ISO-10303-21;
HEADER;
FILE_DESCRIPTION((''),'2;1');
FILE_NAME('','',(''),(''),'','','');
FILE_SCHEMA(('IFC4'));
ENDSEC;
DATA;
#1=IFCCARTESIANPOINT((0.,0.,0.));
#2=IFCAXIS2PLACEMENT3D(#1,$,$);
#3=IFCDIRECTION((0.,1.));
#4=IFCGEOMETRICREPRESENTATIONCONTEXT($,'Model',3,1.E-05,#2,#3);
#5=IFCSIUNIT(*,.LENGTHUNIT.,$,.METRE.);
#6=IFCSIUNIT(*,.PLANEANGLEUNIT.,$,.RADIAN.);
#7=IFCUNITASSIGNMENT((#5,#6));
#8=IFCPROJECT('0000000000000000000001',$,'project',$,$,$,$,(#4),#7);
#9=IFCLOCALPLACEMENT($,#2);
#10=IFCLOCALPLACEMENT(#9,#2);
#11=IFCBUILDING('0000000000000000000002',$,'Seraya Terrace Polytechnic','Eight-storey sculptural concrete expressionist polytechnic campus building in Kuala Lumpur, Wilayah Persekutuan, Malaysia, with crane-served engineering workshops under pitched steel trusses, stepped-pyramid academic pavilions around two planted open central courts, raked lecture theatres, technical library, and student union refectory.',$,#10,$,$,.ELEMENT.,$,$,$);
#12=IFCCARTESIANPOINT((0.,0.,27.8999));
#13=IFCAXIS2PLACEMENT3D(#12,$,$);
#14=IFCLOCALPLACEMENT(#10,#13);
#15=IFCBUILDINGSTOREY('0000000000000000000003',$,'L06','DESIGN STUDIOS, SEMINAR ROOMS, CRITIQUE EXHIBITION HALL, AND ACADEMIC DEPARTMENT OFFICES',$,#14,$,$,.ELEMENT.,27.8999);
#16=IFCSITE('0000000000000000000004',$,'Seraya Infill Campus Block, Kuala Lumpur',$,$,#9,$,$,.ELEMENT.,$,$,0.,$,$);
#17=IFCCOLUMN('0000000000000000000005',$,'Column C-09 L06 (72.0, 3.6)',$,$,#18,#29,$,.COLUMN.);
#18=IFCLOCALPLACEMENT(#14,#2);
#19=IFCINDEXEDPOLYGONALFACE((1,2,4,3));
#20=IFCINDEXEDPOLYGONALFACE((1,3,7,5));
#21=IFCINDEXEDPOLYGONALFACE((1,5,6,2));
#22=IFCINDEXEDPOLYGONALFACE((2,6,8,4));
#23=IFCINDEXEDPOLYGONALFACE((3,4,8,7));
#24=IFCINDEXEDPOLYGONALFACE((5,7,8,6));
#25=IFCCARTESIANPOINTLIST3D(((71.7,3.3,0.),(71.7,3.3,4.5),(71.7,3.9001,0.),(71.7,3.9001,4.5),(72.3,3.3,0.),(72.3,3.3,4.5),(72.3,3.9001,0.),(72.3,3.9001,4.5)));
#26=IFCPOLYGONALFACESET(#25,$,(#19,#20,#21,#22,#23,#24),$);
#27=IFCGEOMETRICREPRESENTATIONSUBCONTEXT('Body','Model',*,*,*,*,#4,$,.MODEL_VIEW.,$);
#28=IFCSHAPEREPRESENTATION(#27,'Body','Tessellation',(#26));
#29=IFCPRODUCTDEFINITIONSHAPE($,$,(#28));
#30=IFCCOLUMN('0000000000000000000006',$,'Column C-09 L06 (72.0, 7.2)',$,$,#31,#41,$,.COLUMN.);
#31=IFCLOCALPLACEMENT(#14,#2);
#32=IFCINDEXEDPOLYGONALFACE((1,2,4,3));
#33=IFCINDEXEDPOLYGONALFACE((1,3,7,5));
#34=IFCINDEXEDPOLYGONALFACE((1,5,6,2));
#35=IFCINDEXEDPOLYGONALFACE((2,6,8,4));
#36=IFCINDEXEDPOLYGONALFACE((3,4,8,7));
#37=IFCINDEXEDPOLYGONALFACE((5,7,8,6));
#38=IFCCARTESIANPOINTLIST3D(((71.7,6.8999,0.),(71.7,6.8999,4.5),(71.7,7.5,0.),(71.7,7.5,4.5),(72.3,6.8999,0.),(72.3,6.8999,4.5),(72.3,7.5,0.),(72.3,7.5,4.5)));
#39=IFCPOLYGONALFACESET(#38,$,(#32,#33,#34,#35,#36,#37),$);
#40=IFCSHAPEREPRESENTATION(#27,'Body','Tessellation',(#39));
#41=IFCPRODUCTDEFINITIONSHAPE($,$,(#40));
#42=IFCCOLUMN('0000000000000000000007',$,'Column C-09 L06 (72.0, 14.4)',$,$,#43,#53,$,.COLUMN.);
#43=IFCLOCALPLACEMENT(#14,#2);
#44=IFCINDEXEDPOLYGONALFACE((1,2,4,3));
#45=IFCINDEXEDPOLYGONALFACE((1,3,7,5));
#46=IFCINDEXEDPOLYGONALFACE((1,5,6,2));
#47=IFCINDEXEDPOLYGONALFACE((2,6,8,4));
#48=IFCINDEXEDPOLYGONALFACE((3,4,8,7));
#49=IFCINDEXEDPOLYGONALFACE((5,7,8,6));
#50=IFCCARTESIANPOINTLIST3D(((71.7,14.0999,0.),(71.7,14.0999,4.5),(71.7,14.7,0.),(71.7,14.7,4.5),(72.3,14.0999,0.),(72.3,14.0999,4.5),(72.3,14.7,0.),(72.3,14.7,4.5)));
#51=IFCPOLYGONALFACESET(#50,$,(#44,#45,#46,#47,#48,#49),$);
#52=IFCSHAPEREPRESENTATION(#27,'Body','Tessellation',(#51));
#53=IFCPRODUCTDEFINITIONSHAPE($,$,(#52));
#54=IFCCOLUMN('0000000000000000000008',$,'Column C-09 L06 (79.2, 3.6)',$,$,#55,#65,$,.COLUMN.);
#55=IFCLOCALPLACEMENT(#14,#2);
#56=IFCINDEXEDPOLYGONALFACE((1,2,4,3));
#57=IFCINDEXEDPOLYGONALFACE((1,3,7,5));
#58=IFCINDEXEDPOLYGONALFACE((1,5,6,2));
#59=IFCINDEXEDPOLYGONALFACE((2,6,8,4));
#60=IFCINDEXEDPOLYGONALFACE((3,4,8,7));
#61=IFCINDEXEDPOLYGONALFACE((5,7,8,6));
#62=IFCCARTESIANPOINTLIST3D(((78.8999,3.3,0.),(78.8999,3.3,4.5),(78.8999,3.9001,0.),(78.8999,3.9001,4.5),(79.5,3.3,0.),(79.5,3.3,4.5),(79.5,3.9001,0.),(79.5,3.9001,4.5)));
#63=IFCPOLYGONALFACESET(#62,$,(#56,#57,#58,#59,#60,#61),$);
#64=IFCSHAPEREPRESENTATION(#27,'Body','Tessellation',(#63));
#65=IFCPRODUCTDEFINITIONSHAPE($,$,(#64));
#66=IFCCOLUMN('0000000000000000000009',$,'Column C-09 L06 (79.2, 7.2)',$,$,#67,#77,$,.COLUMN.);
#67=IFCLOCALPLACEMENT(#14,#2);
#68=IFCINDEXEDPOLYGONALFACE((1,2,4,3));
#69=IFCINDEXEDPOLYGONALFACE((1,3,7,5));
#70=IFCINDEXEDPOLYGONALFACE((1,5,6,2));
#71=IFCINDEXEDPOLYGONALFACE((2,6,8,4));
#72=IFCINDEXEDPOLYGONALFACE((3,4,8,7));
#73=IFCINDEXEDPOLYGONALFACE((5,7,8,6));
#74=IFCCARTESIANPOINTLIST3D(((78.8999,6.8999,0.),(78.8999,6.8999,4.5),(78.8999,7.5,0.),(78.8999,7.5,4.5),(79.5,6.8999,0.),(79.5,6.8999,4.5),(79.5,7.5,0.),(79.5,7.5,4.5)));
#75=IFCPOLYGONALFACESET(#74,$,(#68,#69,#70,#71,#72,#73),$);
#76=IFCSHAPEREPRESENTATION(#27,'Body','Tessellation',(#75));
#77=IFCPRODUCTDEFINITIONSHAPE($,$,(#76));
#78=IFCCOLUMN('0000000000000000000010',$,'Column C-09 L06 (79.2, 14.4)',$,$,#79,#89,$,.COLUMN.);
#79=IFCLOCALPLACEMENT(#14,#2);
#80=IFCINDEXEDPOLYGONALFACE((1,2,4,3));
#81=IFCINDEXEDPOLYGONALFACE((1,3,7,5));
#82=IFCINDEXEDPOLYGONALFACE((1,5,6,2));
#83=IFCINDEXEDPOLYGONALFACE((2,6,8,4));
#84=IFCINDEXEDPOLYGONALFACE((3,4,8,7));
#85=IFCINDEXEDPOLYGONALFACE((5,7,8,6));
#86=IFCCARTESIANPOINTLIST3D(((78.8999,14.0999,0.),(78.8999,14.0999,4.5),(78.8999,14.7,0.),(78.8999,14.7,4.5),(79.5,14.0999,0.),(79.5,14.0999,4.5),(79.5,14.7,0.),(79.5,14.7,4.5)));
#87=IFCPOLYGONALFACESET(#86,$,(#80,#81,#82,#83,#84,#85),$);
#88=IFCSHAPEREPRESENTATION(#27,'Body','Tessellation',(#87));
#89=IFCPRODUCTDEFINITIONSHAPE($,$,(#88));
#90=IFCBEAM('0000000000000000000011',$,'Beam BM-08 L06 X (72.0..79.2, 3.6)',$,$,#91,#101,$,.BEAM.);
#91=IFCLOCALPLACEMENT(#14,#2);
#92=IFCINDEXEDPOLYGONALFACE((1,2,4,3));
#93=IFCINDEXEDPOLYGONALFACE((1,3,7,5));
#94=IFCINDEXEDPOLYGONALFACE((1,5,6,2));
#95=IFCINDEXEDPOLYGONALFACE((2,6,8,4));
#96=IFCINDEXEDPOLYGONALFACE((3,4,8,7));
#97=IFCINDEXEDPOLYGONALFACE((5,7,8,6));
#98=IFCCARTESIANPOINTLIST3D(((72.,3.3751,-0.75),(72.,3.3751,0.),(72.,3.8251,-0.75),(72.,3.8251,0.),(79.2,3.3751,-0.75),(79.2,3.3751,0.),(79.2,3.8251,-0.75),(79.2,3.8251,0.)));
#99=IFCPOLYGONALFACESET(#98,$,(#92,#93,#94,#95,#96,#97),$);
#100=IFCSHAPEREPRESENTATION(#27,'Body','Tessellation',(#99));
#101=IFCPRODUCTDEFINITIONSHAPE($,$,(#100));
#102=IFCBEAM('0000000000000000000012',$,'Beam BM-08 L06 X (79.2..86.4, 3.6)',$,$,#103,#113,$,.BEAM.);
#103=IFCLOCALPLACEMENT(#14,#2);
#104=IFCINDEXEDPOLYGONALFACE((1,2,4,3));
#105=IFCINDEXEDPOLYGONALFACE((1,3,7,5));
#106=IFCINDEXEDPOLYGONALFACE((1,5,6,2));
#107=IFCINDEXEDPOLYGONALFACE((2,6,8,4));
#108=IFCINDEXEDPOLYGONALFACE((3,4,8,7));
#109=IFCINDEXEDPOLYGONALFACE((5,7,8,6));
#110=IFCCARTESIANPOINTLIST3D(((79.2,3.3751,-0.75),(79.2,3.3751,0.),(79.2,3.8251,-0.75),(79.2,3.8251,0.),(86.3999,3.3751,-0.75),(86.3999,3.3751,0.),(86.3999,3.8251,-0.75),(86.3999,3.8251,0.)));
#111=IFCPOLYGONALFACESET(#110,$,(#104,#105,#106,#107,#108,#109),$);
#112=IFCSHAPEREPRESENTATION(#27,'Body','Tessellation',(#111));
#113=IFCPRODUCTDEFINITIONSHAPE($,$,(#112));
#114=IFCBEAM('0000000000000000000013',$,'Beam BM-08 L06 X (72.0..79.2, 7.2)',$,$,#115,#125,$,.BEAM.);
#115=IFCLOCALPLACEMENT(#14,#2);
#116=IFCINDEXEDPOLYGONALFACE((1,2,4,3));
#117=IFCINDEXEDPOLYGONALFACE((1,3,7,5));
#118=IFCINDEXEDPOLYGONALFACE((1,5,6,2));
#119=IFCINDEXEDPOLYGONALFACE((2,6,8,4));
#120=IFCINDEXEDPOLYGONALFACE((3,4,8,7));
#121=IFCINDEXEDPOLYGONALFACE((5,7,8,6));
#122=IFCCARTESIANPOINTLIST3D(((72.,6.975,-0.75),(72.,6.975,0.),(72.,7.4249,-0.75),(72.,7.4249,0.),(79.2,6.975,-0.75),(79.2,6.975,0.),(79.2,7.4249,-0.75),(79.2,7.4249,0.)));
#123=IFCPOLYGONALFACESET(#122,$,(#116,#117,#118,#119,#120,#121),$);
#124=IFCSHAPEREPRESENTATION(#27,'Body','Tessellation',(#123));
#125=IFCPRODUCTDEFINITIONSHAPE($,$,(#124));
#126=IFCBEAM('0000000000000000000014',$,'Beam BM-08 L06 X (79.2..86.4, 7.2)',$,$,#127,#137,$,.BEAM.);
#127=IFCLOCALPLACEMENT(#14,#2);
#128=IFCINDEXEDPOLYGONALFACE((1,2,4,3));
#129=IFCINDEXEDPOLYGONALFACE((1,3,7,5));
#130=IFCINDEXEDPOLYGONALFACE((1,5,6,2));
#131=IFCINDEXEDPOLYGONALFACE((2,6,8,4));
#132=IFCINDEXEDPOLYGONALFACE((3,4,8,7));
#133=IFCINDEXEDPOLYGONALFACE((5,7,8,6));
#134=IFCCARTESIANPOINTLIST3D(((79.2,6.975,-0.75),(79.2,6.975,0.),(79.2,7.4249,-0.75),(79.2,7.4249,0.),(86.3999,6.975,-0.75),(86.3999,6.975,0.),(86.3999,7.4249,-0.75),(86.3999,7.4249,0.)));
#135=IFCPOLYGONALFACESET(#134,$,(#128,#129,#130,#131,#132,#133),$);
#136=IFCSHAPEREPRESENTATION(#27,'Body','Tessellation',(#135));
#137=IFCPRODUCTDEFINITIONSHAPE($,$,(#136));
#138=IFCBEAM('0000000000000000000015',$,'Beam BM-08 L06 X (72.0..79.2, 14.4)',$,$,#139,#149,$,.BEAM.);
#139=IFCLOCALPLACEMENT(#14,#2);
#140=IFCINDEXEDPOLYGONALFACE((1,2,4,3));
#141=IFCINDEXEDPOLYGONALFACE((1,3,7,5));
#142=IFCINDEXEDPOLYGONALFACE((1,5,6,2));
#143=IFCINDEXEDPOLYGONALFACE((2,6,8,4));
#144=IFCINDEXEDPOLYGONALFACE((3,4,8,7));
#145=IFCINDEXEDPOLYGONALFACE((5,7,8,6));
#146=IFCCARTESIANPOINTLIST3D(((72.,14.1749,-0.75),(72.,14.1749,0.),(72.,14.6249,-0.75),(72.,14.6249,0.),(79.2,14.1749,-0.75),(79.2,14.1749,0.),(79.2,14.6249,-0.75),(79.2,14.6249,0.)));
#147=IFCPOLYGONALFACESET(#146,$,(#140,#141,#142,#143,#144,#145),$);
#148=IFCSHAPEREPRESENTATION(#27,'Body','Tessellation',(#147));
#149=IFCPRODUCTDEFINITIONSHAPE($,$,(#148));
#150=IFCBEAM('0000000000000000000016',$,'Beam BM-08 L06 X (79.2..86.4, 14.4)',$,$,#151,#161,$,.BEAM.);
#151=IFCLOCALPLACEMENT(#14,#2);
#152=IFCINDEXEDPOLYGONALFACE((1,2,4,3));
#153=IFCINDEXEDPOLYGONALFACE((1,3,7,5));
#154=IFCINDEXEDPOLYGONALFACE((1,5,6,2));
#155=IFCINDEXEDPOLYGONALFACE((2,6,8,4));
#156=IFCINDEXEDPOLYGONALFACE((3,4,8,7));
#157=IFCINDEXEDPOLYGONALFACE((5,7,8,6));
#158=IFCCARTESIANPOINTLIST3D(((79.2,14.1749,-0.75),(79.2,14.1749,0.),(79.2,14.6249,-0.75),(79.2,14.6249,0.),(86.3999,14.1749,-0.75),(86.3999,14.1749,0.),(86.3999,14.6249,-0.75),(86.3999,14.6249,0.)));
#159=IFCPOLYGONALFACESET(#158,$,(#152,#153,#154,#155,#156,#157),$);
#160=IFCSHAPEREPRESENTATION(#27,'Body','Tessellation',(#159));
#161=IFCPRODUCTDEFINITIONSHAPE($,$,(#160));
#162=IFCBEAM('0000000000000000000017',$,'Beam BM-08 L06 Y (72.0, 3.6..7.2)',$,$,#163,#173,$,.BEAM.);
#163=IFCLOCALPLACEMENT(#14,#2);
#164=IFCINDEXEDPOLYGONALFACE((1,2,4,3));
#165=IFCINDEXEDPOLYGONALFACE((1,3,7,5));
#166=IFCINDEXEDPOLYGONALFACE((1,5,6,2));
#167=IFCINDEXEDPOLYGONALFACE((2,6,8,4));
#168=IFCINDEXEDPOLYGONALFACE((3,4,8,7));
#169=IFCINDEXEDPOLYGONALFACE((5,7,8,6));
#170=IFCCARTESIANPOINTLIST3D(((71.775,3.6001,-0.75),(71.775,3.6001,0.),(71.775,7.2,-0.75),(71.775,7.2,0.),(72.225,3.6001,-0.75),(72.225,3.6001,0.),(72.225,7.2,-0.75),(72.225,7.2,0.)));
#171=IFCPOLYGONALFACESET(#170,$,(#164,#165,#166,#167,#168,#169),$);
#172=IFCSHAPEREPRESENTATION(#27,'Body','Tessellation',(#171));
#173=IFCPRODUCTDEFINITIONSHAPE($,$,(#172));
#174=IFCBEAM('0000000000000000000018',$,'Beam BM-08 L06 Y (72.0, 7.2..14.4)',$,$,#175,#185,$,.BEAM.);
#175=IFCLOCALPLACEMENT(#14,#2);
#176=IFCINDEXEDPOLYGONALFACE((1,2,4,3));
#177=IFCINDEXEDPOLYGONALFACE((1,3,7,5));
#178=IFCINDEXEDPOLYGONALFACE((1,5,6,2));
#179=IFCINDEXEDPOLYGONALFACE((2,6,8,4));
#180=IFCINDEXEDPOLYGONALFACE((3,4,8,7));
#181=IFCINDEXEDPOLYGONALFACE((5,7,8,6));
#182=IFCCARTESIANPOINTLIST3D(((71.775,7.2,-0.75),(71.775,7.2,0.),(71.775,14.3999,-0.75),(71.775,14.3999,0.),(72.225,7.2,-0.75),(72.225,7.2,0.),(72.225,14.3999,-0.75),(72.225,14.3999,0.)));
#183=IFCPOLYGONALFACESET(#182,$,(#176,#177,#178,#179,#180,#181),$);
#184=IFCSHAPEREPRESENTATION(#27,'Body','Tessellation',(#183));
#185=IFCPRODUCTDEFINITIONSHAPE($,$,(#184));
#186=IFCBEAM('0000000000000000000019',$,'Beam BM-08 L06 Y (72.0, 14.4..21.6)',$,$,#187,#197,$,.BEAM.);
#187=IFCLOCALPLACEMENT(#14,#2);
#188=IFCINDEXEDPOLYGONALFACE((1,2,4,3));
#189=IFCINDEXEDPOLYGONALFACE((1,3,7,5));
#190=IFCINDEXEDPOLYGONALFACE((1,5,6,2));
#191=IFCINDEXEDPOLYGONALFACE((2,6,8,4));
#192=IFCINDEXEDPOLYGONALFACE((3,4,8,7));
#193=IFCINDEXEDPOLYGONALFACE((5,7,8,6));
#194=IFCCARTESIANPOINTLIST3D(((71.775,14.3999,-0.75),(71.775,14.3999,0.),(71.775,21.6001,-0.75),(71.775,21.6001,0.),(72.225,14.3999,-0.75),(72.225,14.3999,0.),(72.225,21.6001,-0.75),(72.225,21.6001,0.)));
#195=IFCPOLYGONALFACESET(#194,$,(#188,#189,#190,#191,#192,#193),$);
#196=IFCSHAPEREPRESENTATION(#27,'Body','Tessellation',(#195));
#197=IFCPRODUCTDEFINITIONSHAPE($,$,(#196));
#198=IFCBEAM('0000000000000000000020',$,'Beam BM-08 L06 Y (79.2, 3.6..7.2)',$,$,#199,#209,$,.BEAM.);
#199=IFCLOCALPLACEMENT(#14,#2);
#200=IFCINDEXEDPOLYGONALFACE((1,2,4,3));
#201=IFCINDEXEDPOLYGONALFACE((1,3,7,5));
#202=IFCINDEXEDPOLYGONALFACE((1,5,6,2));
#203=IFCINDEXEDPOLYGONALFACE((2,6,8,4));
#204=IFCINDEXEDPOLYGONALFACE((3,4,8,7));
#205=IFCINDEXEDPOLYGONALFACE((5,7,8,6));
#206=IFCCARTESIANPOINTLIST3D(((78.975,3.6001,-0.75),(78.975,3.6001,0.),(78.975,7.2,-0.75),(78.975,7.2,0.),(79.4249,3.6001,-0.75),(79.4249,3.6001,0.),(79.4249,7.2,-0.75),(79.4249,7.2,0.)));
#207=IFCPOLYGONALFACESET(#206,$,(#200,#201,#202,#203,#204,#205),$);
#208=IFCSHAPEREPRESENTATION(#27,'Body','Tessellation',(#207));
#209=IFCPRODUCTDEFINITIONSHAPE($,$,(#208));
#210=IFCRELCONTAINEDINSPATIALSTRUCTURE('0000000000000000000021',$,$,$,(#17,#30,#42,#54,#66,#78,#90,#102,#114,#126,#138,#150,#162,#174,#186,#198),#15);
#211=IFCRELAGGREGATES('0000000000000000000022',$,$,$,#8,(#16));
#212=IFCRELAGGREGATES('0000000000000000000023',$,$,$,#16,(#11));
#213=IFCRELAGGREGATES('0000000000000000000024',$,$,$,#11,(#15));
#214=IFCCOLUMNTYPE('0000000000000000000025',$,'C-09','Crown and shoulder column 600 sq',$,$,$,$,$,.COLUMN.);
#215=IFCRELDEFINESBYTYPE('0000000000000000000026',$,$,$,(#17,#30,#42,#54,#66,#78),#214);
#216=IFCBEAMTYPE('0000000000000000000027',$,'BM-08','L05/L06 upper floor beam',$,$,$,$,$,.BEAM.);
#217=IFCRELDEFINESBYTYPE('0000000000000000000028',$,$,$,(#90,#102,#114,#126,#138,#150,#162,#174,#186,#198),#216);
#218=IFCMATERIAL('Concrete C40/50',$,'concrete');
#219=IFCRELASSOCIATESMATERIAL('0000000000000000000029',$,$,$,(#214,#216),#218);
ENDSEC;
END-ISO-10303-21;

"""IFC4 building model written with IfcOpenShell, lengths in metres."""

from ifc_helpers import new_model, si_unit, direction, frame, origin, origin_2d, place, context, subcontext, project, spatial, rectangle, extrude, material, material_profile, profile_set, type_object, element, save


model = new_model("IFC4")

# Units and contexts
model_context = context("Model", 3, precision=1e-05, world=origin(), true_north=direction((0.0, 1.0)))
body_context = subcontext(model_context, "Body", "Model", "MODEL_VIEW")
ifc_project = project(units=[si_unit("LENGTHUNIT", "METRE"), si_unit("PLANEANGLEUNIT", "RADIAN")], contexts=[model_context])

# Site, building, storey
site_placement = place(None, origin())
site = spatial("IfcSite", under=ifc_project, at=site_placement, Name="Seraya Infill Campus Block, Kuala Lumpur", CompositionType="ELEMENT", RefElevation=0.0)
building_placement = place(site_placement, origin())
building = spatial("IfcBuilding", under=site, at=building_placement, Name="Seraya Terrace Polytechnic", Description="Eight-storey sculptural concrete expressionist polytechnic campus building in Kuala Lumpur, Wilayah Persekutuan, Malaysia, with crane-served engineering workshops under pitched steel trusses, stepped-pyramid academic pavilions around two planted open central courts, raked lecture theatres, technical library, and student union refectory.", CompositionType="ELEMENT")
storey_placement = place(building_placement, frame((0.0, 0.0, 27.8999)))
storey = spatial("IfcBuildingStorey", under=building, at=storey_placement, Name="L06", Description="DESIGN STUDIOS, SEMINAR ROOMS, CRITIQUE EXHIBITION HALL, AND ACADEMIC DEPARTMENT OFFICES", CompositionType="ELEMENT", Elevation=27.8999)

# Columns
ifc_material_1 = material(Name="Concrete C40/50", Category="concrete")
ifc_material_profile_1 = material_profile(ifc_material_1, rectangle(XDim=0.6001, YDim=0.6001, at=origin_2d()), Name="RC 600x600")
ifc_profile_set_1 = profile_set([ifc_material_profile_1], Name="Concrete C40/50")
column_type = type_object("IfcColumnType", Name="C-09", Description="Crown and shoulder column 600 sq", PredefinedType="COLUMN", material=ifc_profile_set_1)
for number, where, z_axis, x_axis, name in (
    (1, (72.0, 3.6001, 0.0), (0.0, 0.0, 1.0), (1.0, 0.0, 0.0), "Column C-09 L06 (72.0, 3.6)"),
    (2, (72.0, 7.2, 0.0), (0.0, 0.0, 1.0), (1.0, 0.0, 0.0), "Column C-09 L06 (72.0, 7.2)"),
    (3, (72.0, 14.3999, 0.0), (0.0, 0.0, 1.0), (1.0, 0.0, 0.0), "Column C-09 L06 (72.0, 14.4)"),
    (4, (79.2, 3.6001, 0.0), (0.0, 0.0, 1.0), (1.0, 0.0, 0.0), "Column C-09 L06 (79.2, 3.6)"),
    (5, (79.2, 7.2, 0.0), (0.0, 0.0, 1.0), (1.0, 0.0, 0.0), "Column C-09 L06 (79.2, 7.2)"),
    (6, (79.2, 14.3999, 0.0), (0.0, 0.0, 1.0), (1.0, 0.0, 0.0), "Column C-09 L06 (79.2, 14.4)"),
):
    element("IfcColumn", number, at=place(storey_placement, frame(where, z_axis=z_axis, x_axis=x_axis)), inside=storey, type_object=column_type, Name=name, PredefinedType="COLUMN", context=body_context, shape_type="SweptSolid", body=[
        extrude(rectangle(XDim=0.6001, YDim=0.6001, at=origin_2d()), origin(), (0.0, 0.0, 1.0), 4.5),
    ])

# Beams
ifc_material_profile_2 = material_profile(ifc_material_1, rectangle(XDim=0.45, YDim=0.75, at=origin_2d()), Name="RC 450x750")
ifc_profile_set_2 = profile_set([ifc_material_profile_2], Name="Concrete C40/50")
beam_type = type_object("IfcBeamType", Name="BM-08", Description="L05/L06 upper floor beam", PredefinedType="BEAM", material=ifc_profile_set_2)
for number, where, z_axis, x_axis, name in (
    (7, (72.0, 3.6001, -0.375), (1.0, 0.0, 0.0), (0.0, 1.0, 0.0), "Beam BM-08 L06 X (72.0..79.2, 3.6)"),
    (8, (79.2, 3.6001, -0.375), (1.0, 0.0, 0.0), (0.0, 1.0, 0.0), "Beam BM-08 L06 X (79.2..86.4, 3.6)"),
    (9, (72.0, 7.2, -0.375), (1.0, 0.0, 0.0), (0.0, 1.0, 0.0), "Beam BM-08 L06 X (72.0..79.2, 7.2)"),
    (10, (79.2, 7.2, -0.375), (1.0, 0.0, 0.0), (0.0, 1.0, 0.0), "Beam BM-08 L06 X (79.2..86.4, 7.2)"),
    (11, (72.0, 14.3999, -0.375), (1.0, 0.0, 0.0), (0.0, 1.0, 0.0), "Beam BM-08 L06 X (72.0..79.2, 14.4)"),
    (12, (79.2, 14.3999, -0.375), (1.0, 0.0, 0.0), (0.0, 1.0, 0.0), "Beam BM-08 L06 X (79.2..86.4, 14.4)"),
):
    element("IfcBeam", number, at=place(storey_placement, frame(where, z_axis=z_axis, x_axis=x_axis)), inside=storey, type_object=beam_type, Name=name, PredefinedType="BEAM", context=body_context, shape_type="SweptSolid", body=[
        extrude(rectangle(XDim=0.45, YDim=0.75, at=origin_2d()), origin(), (0.0, 0.0, 1.0), 7.2),
    ])
beam_1_placement = place(storey_placement, frame((72.0, 3.6001, -0.375), z_axis=(0.0, 1.0, 0.0), x_axis=(-1.0, 0.0, 0.0)))
element("IfcBeam", 13, at=beam_1_placement, inside=storey, type_object=beam_type, Name="Beam BM-08 L06 Y (72.0, 3.6..7.2)", PredefinedType="BEAM", context=body_context, shape_type="SweptSolid", body=[
    extrude(rectangle(XDim=0.45, YDim=0.75, at=origin_2d()), origin(), (0.0, 0.0, 1.0), 3.5999),
])
beam_2_placement = place(storey_placement, frame((72.0, 7.2, -0.375), z_axis=(0.0, 1.0, 0.0), x_axis=(-1.0, 0.0, 0.0)))
element("IfcBeam", 14, at=beam_2_placement, inside=storey, type_object=beam_type, Name="Beam BM-08 L06 Y (72.0, 7.2..14.4)", PredefinedType="BEAM", context=body_context, shape_type="SweptSolid", body=[
    extrude(rectangle(XDim=0.45, YDim=0.75, at=origin_2d()), origin(), (0.0, 0.0, 1.0), 7.2),
])
beam_3_placement = place(storey_placement, frame((72.0, 14.3999, -0.375), z_axis=(0.0, 1.0, 0.0), x_axis=(-1.0, 0.0, 0.0)))
element("IfcBeam", 15, at=beam_3_placement, inside=storey, type_object=beam_type, Name="Beam BM-08 L06 Y (72.0, 14.4..21.6)", PredefinedType="BEAM", context=body_context, shape_type="SweptSolid", body=[
    extrude(rectangle(XDim=0.45, YDim=0.75, at=origin_2d()), origin(), (0.0, 0.0, 1.0), 7.2002),
])
beam_4_placement = place(storey_placement, frame((79.2, 3.6001, -0.375), z_axis=(0.0, 1.0, 0.0), x_axis=(-1.0, 0.0, 0.0)))
element("IfcBeam", 16, at=beam_4_placement, inside=storey, type_object=beam_type, Name="Beam BM-08 L06 Y (79.2, 3.6..7.2)", PredefinedType="BEAM", context=body_context, shape_type="SweptSolid", body=[
    extrude(rectangle(XDim=0.45, YDim=0.75, at=origin_2d()), origin(), (0.0, 0.0, 1.0), 3.5999),
])

save(model, "model.ifc")
